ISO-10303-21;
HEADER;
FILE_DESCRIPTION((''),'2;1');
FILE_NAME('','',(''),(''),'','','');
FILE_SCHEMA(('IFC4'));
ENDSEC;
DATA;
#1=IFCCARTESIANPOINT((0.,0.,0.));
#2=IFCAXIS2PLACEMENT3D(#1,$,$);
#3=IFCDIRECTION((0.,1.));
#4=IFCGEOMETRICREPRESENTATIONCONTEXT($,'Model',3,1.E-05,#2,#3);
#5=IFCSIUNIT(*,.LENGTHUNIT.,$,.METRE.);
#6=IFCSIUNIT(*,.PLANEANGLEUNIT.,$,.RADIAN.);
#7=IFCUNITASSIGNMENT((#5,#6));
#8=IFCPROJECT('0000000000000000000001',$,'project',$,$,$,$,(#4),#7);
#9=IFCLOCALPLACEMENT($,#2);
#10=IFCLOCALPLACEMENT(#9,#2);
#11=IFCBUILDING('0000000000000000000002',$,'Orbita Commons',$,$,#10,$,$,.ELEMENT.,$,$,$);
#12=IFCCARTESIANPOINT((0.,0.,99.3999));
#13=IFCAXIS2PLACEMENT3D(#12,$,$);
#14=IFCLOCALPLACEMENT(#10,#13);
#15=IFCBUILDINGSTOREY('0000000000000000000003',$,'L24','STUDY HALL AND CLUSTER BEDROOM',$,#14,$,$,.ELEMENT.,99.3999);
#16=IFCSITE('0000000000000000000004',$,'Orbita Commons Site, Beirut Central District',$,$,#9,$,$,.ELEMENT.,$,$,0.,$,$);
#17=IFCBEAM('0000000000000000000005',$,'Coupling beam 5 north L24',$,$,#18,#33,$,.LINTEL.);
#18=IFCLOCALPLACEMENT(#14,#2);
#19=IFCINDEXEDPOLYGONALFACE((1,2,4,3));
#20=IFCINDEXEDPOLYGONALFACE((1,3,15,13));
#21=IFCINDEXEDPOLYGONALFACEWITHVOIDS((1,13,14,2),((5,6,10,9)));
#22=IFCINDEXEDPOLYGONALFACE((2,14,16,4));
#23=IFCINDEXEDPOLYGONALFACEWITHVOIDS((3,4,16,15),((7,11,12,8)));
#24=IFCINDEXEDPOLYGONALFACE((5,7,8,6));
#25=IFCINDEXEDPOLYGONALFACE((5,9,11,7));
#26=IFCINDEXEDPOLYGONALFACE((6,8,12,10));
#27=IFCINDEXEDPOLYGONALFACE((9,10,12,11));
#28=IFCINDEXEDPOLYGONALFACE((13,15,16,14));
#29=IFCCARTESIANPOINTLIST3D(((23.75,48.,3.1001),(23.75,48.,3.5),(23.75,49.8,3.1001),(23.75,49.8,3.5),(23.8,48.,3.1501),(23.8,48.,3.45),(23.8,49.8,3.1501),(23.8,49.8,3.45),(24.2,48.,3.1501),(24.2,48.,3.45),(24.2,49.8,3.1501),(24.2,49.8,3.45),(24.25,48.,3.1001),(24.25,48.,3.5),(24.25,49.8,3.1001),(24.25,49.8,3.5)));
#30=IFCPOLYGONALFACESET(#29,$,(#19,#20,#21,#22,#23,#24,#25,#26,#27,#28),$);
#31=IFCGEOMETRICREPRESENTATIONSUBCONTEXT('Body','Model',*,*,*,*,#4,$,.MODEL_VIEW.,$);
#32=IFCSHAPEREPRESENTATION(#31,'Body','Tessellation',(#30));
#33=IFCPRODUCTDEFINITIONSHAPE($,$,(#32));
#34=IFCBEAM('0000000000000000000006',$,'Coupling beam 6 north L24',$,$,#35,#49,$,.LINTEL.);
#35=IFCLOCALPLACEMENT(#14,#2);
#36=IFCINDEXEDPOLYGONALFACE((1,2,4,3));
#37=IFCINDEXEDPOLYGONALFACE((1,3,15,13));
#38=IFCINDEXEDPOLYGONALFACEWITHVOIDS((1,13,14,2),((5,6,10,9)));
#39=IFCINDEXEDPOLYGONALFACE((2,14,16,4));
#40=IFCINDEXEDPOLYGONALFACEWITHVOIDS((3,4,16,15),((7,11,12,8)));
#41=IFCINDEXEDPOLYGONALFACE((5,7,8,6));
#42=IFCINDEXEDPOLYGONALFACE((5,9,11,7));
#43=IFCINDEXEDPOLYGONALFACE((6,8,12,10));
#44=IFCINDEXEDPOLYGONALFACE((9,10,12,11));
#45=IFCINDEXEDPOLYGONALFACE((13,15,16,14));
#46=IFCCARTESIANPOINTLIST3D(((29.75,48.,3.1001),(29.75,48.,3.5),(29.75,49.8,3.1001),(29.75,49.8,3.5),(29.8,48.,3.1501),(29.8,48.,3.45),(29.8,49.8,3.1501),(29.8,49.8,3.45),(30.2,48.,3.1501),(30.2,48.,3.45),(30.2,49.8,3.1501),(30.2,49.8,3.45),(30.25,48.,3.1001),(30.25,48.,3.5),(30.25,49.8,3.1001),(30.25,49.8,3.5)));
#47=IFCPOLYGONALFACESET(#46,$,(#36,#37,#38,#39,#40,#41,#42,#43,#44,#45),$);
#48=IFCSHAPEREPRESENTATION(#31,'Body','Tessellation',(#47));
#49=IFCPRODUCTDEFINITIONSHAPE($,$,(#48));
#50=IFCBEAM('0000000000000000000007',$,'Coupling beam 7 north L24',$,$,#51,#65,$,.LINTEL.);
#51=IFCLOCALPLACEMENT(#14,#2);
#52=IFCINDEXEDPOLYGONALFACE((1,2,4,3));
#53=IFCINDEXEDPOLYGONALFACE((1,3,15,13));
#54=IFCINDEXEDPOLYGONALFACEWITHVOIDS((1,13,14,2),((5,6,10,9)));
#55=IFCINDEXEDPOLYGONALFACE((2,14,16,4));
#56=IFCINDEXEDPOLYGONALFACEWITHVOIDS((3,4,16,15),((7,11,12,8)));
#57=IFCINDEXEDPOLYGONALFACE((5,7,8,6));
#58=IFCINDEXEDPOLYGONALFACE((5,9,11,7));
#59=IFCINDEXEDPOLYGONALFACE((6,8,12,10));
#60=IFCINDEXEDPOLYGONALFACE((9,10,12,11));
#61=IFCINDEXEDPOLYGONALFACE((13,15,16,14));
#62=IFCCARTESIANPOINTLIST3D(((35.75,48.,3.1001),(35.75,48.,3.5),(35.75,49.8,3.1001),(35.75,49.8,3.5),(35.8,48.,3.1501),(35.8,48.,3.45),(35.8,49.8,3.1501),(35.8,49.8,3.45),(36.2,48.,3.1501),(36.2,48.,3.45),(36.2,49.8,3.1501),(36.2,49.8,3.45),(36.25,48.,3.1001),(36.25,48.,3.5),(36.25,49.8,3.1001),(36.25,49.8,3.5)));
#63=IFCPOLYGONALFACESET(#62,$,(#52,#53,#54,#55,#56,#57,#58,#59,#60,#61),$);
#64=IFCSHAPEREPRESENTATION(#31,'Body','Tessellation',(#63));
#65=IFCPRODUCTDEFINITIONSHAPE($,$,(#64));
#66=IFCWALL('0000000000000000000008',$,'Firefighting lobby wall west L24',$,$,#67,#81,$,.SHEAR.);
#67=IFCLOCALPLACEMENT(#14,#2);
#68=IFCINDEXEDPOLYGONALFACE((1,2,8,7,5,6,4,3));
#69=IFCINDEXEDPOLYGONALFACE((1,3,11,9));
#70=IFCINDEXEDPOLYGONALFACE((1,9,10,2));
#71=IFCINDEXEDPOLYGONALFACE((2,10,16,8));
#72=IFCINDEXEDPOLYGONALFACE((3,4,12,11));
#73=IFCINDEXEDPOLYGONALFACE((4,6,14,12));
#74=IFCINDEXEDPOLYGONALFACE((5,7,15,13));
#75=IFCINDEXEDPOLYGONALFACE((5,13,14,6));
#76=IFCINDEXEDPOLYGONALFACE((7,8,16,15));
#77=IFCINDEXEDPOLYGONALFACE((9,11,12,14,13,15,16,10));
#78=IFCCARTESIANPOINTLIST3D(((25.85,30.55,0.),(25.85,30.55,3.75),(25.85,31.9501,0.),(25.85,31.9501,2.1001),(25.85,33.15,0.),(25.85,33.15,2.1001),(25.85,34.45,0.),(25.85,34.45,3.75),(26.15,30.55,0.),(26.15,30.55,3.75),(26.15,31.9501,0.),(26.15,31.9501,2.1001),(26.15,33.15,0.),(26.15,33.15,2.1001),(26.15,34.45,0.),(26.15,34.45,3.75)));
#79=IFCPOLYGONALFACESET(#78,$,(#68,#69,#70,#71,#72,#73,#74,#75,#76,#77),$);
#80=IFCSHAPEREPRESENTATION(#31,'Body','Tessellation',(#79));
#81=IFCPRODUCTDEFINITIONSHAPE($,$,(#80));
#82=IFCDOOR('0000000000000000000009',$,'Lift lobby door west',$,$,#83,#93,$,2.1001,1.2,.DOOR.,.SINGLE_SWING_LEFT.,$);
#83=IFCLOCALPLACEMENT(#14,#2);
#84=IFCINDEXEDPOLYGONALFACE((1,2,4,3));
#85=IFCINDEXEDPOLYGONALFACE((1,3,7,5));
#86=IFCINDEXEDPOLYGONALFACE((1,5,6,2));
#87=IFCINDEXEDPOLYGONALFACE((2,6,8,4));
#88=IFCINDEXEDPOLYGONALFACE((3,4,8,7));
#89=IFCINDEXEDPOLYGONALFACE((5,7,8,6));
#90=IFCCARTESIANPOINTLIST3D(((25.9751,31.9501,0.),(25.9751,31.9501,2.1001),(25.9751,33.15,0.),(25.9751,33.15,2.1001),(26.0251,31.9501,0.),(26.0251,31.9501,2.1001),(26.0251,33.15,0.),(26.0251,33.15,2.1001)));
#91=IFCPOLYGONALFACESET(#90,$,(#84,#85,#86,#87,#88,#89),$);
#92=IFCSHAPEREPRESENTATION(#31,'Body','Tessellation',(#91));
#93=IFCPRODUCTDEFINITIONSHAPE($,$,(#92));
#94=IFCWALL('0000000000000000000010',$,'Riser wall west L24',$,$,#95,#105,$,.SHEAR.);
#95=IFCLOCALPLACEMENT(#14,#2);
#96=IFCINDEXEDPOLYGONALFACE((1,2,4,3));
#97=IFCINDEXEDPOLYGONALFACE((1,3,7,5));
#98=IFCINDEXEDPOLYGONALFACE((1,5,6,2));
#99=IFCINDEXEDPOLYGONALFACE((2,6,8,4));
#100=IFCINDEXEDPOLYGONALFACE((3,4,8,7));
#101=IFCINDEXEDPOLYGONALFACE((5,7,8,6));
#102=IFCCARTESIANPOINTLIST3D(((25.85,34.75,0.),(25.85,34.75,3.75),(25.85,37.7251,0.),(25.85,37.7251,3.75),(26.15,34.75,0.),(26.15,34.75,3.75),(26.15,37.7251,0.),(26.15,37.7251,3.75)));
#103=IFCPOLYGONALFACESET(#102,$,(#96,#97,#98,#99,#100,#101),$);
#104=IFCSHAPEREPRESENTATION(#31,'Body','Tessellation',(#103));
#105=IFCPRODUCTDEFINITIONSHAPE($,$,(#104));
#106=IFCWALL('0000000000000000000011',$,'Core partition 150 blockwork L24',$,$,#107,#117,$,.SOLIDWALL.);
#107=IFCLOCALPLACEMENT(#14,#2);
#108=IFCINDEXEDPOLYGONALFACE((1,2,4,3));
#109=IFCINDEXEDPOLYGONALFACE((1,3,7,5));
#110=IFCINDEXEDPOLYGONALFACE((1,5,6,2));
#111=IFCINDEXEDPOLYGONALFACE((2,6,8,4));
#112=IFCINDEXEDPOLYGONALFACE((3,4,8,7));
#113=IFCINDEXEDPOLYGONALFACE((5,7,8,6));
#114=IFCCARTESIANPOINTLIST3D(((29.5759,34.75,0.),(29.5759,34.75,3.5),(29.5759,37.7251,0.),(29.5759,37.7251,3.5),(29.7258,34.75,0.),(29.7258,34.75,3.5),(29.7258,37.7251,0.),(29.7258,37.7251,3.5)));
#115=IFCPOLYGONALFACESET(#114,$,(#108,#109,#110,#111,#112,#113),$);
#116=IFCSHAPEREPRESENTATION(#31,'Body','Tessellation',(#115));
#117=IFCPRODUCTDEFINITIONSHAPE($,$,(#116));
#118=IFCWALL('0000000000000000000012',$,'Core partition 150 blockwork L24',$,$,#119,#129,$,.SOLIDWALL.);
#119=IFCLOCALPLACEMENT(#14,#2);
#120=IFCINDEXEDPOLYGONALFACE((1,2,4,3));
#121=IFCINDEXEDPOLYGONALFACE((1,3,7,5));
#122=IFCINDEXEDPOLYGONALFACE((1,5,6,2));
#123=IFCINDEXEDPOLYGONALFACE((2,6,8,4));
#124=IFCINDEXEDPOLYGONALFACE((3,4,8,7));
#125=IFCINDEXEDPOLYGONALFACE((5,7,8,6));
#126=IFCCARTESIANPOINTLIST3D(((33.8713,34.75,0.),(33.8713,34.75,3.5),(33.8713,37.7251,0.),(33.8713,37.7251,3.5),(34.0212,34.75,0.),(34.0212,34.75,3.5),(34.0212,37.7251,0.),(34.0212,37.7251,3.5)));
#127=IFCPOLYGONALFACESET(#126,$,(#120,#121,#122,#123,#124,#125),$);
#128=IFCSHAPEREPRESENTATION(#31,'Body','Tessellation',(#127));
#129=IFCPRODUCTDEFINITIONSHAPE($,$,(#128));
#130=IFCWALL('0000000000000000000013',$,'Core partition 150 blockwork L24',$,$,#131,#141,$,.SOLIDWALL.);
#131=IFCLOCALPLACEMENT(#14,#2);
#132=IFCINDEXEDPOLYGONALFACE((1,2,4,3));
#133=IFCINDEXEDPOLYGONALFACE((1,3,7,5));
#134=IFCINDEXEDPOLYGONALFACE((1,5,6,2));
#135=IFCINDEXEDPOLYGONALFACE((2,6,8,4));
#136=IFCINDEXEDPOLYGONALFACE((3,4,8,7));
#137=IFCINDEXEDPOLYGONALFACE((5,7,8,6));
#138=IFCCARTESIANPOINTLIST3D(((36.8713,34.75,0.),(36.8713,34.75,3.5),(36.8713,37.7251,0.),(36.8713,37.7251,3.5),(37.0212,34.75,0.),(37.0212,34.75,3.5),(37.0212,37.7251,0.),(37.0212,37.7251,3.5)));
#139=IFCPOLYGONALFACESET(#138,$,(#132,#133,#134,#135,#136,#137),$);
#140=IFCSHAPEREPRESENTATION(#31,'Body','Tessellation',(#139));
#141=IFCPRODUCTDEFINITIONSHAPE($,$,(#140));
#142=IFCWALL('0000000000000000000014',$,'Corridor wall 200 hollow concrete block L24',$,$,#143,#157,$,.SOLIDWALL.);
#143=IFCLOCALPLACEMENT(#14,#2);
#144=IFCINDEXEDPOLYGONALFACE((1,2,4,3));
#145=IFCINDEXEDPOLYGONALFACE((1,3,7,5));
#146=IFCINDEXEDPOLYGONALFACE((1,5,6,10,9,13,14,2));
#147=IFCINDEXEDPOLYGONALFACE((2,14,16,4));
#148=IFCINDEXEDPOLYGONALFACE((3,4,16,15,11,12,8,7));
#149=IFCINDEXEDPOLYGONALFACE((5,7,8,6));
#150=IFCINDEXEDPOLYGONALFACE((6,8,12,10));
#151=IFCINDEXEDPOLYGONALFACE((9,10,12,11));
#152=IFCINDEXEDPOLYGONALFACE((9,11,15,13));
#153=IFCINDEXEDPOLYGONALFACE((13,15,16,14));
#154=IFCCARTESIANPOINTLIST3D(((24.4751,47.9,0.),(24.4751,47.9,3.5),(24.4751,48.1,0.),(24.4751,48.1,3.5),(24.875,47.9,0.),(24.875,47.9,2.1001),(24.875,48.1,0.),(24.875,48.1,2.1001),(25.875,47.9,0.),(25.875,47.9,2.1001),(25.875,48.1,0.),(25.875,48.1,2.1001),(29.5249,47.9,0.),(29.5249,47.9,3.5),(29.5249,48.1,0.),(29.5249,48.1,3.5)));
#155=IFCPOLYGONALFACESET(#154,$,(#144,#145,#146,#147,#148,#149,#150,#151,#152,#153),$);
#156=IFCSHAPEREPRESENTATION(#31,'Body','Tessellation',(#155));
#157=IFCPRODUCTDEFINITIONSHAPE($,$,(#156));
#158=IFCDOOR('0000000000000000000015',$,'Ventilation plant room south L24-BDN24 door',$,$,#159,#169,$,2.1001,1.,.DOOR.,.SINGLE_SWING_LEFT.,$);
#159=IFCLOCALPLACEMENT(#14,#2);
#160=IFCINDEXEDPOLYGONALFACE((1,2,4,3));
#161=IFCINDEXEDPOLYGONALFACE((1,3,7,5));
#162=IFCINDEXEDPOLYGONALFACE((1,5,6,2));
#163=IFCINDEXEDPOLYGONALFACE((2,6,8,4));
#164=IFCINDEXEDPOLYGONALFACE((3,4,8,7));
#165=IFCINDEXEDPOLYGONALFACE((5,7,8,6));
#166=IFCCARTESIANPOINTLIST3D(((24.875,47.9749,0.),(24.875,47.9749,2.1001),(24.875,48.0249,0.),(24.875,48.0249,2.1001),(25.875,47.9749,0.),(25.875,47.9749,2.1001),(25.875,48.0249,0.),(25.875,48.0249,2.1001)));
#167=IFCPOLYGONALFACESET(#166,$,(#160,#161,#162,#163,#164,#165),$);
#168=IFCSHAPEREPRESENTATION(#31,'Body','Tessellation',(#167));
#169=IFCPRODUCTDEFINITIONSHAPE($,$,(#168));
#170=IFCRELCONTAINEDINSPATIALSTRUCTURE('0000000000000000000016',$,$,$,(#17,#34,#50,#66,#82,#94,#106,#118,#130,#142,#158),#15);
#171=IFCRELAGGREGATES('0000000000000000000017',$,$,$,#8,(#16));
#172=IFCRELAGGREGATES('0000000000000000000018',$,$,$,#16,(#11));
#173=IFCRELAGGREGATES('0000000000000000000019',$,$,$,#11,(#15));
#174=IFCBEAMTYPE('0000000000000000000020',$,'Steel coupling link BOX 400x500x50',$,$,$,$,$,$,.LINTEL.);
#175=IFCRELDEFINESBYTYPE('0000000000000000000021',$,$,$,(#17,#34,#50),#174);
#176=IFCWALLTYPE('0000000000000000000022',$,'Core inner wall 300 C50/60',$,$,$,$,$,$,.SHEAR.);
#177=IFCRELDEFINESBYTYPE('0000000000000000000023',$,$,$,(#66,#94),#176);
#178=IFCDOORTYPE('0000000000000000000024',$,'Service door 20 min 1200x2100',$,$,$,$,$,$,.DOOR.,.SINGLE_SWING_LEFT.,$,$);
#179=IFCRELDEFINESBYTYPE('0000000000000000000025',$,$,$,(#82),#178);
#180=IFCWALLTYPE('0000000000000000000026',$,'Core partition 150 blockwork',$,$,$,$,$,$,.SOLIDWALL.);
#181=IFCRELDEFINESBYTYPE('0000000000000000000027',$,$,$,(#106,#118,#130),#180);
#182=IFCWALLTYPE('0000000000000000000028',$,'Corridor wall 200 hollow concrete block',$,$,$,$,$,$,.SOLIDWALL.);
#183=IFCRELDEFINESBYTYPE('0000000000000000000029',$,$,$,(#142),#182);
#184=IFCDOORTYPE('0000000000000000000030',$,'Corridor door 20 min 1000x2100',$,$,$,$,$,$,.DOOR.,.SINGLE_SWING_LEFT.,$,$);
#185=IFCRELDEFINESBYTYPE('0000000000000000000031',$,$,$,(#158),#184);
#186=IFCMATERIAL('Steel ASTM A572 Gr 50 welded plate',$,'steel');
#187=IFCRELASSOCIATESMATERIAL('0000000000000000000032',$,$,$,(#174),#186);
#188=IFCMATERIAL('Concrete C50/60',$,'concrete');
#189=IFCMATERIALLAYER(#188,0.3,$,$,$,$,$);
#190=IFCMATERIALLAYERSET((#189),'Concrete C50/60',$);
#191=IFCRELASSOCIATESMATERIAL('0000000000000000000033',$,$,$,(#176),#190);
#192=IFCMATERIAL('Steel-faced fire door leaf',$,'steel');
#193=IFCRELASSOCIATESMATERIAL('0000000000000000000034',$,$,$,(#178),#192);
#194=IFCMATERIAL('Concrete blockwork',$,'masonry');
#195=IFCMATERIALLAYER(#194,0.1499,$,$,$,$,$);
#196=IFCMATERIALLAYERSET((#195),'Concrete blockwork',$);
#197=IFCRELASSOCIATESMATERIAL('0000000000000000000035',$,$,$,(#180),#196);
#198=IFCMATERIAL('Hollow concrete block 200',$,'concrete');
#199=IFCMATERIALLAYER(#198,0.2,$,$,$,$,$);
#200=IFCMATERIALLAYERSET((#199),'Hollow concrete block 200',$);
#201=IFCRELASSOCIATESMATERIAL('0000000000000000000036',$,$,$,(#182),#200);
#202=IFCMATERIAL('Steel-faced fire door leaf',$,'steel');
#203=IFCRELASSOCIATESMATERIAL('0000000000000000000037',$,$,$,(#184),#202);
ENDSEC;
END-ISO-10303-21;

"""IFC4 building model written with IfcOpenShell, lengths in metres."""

from ifc_helpers import new_model, si_unit, direction, frame, frame_2d, origin, origin_2d, place, context, subcontext, project, spatial, rectangle, hollow_rectangle, extrude, material, layer, layer_set, material_profile, profile_set, type_object, element, fill, save


model = new_model("IFC4")

# Units and contexts
model_context = context("Model", 3, precision=1e-05, world=origin(), true_north=direction((0.0, 1.0)))
body_context = subcontext(model_context, "Body", "Model", "MODEL_VIEW")
ifc_project = project(units=[si_unit("LENGTHUNIT", "METRE"), si_unit("PLANEANGLEUNIT", "RADIAN")], contexts=[model_context])

# Site, building, storey
site_placement = place(None, origin())
site = spatial("IfcSite", under=ifc_project, at=site_placement, Name="Orbita Commons Site, Beirut Central District", CompositionType="ELEMENT", RefElevation=0.0)
building_placement = place(site_placement, origin())
building = spatial("IfcBuilding", under=site, at=building_placement, Name="Orbita Commons", CompositionType="ELEMENT")
storey_placement = place(building_placement, frame((0.0, 0.0, 99.3999)))
storey = spatial("IfcBuildingStorey", under=building, at=storey_placement, Name="L24", Description="STUDY HALL AND CLUSTER BEDROOM", CompositionType="ELEMENT", Elevation=99.3999)

# Beams
ifc_material_1 = material(Name="Steel ASTM A572 Gr 50 welded plate", Category="steel")
ifc_material_profile = material_profile(ifc_material_1, hollow_rectangle(XDim=0.5, YDim=0.3999, WallThickness=0.05, at=origin_2d()), Name="BOX 400x500x50")
ifc_profile_set = profile_set([ifc_material_profile], Name="Steel ASTM A572 Gr 50 welded plate")
beam_type = type_object("IfcBeamType", Name="Steel coupling link BOX 400x500x50", PredefinedType="LINTEL", material=ifc_profile_set)
for number, where, z_axis, x_axis, name in (
    (1, (24.0, 48.0, 3.3), (0.0, 1.0, 0.0), (-1.0, 0.0, 0.0), "Coupling beam 5 north L24"),
    (2, (30.0, 48.0, 3.3), (0.0, 1.0, 0.0), (-1.0, 0.0, 0.0), "Coupling beam 6 north L24"),
    (3, (36.0, 48.0, 3.3), (0.0, 1.0, 0.0), (-1.0, 0.0, 0.0), "Coupling beam 7 north L24"),
):
    element("IfcBeam", number, at=place(storey_placement, frame(where, z_axis=z_axis, x_axis=x_axis)), inside=storey, type_object=beam_type, Name=name, PredefinedType="LINTEL", context=body_context, shape_type="SweptSolid", body=[
        extrude(hollow_rectangle(XDim=0.5, YDim=0.3999, WallThickness=0.05, at=origin_2d()), origin(), (0.0, 0.0, 1.0), 1.8),
    ])

# Wall, opening, door
ifc_material_2 = material(Name="Concrete C50/60", Category="concrete")
ifc_layer_1 = layer(ifc_material_2, 0.3)
ifc_layer_set_1 = layer_set([ifc_layer_1], Name="Concrete C50/60")
wall_type_1 = type_object("IfcWallType", Name="Core inner wall 300 C50/60", PredefinedType="SHEAR", material=ifc_layer_set_1)
wall_1_placement = place(storey_placement, frame((26.0, 30.55, 0.0), z_axis=(0.0, 0.0, 1.0), x_axis=(0.0, 1.0, 0.0)))
wall_1 = element("IfcWall", 4, at=wall_1_placement, inside=storey, type_object=wall_type_1, Name="Firefighting lobby wall west L24", PredefinedType="SHEAR", context=body_context, shape_type="SweptSolid", body=[
    extrude(rectangle(XDim=3.8999, YDim=0.3, at=frame_2d((1.95, 0.0))), origin(), (0.0, 0.0, 1.0), 3.75),
])
opening_1_placement = place(wall_1_placement, frame((1.3999, 0.0, 0.0)))
opening_1 = element("IfcOpeningElement", 5, at=opening_1_placement, cuts=wall_1, PredefinedType="OPENING", context=body_context, shape_type="SweptSolid", body=[
    extrude(rectangle(XDim=1.2, YDim=2.1001, at=frame_2d((0.6001, 1.05))), frame((0.0, 0.1599, 0.0), z_axis=(0.0, -1.0, 0.0), x_axis=(1.0, 0.0, 0.0)), (0.0, 0.0, 1.0), 0.3201),
])
ifc_material_3 = material(Name="Steel-faced fire door leaf", Category="steel")
door_type_1 = type_object("IfcDoorType", Name="Service door 20 min 1200x2100", OperationType="SINGLE_SWING_LEFT", PredefinedType="DOOR", material=ifc_material_3)
door_1_placement = place(opening_1_placement, origin())
door_1 = element("IfcDoor", 6, at=door_1_placement, inside=storey, type_object=door_type_1, Name="Lift lobby door west", OperationType="SINGLE_SWING_LEFT", OverallHeight=2.1001, OverallWidth=1.2, PredefinedType="DOOR", context=body_context, shape_type="SweptSolid", body=[
    extrude(rectangle(XDim=1.2, YDim=2.1001, at=frame_2d((0.6001, 1.05))), frame((0.0, 0.0249, 0.0), z_axis=(0.0, -1.0, 0.0), x_axis=(1.0, 0.0, 0.0)), (0.0, 0.0, 1.0), 0.05),
])
fill(opening_1, door_1)

# Walls
wall_2_placement = place(storey_placement, frame((26.0, 34.75, 0.0), z_axis=(0.0, 0.0, 1.0), x_axis=(0.0, 1.0, 0.0)))
element("IfcWall", 7, at=wall_2_placement, inside=storey, type_object=wall_type_1, Name="Riser wall west L24", PredefinedType="SHEAR", context=body_context, shape_type="SweptSolid", body=[
    extrude(rectangle(XDim=2.9751, YDim=0.3, at=frame_2d((1.4875, 0.0))), origin(), (0.0, 0.0, 1.0), 3.75),
])
ifc_material_4 = material(Name="Concrete blockwork", Category="masonry")
ifc_layer_2 = layer(ifc_material_4, 0.1499)
ifc_layer_set_2 = layer_set([ifc_layer_2], Name="Concrete blockwork")
wall_type_2 = type_object("IfcWallType", Name="Core partition 150 blockwork", PredefinedType="SOLIDWALL", material=ifc_layer_set_2)
for number, where, z_axis, x_axis, name in (
    (8, (29.6509, 34.75, 0.0), (0.0, 0.0, 1.0), (0.0, 1.0, 0.0), "Core partition 150 blockwork L24"),
    (9, (33.9463, 34.75, 0.0), (0.0, 0.0, 1.0), (0.0, 1.0, 0.0), "Core partition 150 blockwork L24"),
    (10, (36.9463, 34.75, 0.0), (0.0, 0.0, 1.0), (0.0, 1.0, 0.0), "Core partition 150 blockwork L24"),
):
    element("IfcWall", number, at=place(storey_placement, frame(where, z_axis=z_axis, x_axis=x_axis)), inside=storey, type_object=wall_type_2, Name=name, PredefinedType="SOLIDWALL", context=body_context, shape_type="SweptSolid", body=[
        extrude(rectangle(XDim=2.9751, YDim=0.1499, at=frame_2d((1.4875, 0.0))), origin(), (0.0, 0.0, 1.0), 3.5),
    ])

# Wall, opening, door
ifc_material_5 = material(Name="Hollow concrete block 200", Category="concrete")
ifc_layer_3 = layer(ifc_material_5, 0.2)
ifc_layer_set_3 = layer_set([ifc_layer_3], Name="Hollow concrete block 200")
wall_type_3 = type_object("IfcWallType", Name="Corridor wall 200 hollow concrete block", PredefinedType="SOLIDWALL", material=ifc_layer_set_3)
wall_3_placement = place(storey_placement, frame((24.4751, 48.0, 0.0), z_axis=(0.0, 0.0, 1.0), x_axis=(1.0, 0.0, 0.0)))
wall_3 = element("IfcWall", 11, at=wall_3_placement, inside=storey, type_object=wall_type_3, Name="Corridor wall 200 hollow concrete block L24", PredefinedType="SOLIDWALL", context=body_context, shape_type="SweptSolid", body=[
    extrude(rectangle(XDim=5.0498, YDim=0.2, at=frame_2d((2.5249, 0.0))), origin(), (0.0, 0.0, 1.0), 3.5),
])
opening_2_placement = place(wall_3_placement, frame((0.3999, 0.0, 0.0)))
opening_2 = element("IfcOpeningElement", 12, at=opening_2_placement, cuts=wall_3, PredefinedType="OPENING", context=body_context, shape_type="SweptSolid", body=[
    extrude(rectangle(XDim=1.0, YDim=2.1001, at=frame_2d((0.5, 1.05))), frame((0.0, 0.1099, 0.0), z_axis=(0.0, -1.0, 0.0), x_axis=(1.0, 0.0, 0.0)), (0.0, 0.0, 1.0), 0.22),
])
ifc_material_6 = material(Name="Steel-faced fire door leaf", Category="steel")
door_type_2 = type_object("IfcDoorType", Name="Corridor door 20 min 1000x2100", OperationType="SINGLE_SWING_LEFT", PredefinedType="DOOR", material=ifc_material_6)
door_2_placement = place(opening_2_placement, origin())
door_2 = element("IfcDoor", 13, at=door_2_placement, inside=storey, type_object=door_type_2, Name="Ventilation plant room south L24-BDN24 door", OperationType="SINGLE_SWING_LEFT", OverallHeight=2.1001, OverallWidth=1.0, PredefinedType="DOOR", context=body_context, shape_type="SweptSolid", body=[
    extrude(rectangle(XDim=1.0, YDim=2.1001, at=frame_2d((0.5, 1.05))), frame((0.0, 0.0249, 0.0), z_axis=(0.0, -1.0, 0.0), x_axis=(1.0, 0.0, 0.0)), (0.0, 0.0, 1.0), 0.05),
])
fill(opening_2, door_2)

save(model, "model.ifc")
